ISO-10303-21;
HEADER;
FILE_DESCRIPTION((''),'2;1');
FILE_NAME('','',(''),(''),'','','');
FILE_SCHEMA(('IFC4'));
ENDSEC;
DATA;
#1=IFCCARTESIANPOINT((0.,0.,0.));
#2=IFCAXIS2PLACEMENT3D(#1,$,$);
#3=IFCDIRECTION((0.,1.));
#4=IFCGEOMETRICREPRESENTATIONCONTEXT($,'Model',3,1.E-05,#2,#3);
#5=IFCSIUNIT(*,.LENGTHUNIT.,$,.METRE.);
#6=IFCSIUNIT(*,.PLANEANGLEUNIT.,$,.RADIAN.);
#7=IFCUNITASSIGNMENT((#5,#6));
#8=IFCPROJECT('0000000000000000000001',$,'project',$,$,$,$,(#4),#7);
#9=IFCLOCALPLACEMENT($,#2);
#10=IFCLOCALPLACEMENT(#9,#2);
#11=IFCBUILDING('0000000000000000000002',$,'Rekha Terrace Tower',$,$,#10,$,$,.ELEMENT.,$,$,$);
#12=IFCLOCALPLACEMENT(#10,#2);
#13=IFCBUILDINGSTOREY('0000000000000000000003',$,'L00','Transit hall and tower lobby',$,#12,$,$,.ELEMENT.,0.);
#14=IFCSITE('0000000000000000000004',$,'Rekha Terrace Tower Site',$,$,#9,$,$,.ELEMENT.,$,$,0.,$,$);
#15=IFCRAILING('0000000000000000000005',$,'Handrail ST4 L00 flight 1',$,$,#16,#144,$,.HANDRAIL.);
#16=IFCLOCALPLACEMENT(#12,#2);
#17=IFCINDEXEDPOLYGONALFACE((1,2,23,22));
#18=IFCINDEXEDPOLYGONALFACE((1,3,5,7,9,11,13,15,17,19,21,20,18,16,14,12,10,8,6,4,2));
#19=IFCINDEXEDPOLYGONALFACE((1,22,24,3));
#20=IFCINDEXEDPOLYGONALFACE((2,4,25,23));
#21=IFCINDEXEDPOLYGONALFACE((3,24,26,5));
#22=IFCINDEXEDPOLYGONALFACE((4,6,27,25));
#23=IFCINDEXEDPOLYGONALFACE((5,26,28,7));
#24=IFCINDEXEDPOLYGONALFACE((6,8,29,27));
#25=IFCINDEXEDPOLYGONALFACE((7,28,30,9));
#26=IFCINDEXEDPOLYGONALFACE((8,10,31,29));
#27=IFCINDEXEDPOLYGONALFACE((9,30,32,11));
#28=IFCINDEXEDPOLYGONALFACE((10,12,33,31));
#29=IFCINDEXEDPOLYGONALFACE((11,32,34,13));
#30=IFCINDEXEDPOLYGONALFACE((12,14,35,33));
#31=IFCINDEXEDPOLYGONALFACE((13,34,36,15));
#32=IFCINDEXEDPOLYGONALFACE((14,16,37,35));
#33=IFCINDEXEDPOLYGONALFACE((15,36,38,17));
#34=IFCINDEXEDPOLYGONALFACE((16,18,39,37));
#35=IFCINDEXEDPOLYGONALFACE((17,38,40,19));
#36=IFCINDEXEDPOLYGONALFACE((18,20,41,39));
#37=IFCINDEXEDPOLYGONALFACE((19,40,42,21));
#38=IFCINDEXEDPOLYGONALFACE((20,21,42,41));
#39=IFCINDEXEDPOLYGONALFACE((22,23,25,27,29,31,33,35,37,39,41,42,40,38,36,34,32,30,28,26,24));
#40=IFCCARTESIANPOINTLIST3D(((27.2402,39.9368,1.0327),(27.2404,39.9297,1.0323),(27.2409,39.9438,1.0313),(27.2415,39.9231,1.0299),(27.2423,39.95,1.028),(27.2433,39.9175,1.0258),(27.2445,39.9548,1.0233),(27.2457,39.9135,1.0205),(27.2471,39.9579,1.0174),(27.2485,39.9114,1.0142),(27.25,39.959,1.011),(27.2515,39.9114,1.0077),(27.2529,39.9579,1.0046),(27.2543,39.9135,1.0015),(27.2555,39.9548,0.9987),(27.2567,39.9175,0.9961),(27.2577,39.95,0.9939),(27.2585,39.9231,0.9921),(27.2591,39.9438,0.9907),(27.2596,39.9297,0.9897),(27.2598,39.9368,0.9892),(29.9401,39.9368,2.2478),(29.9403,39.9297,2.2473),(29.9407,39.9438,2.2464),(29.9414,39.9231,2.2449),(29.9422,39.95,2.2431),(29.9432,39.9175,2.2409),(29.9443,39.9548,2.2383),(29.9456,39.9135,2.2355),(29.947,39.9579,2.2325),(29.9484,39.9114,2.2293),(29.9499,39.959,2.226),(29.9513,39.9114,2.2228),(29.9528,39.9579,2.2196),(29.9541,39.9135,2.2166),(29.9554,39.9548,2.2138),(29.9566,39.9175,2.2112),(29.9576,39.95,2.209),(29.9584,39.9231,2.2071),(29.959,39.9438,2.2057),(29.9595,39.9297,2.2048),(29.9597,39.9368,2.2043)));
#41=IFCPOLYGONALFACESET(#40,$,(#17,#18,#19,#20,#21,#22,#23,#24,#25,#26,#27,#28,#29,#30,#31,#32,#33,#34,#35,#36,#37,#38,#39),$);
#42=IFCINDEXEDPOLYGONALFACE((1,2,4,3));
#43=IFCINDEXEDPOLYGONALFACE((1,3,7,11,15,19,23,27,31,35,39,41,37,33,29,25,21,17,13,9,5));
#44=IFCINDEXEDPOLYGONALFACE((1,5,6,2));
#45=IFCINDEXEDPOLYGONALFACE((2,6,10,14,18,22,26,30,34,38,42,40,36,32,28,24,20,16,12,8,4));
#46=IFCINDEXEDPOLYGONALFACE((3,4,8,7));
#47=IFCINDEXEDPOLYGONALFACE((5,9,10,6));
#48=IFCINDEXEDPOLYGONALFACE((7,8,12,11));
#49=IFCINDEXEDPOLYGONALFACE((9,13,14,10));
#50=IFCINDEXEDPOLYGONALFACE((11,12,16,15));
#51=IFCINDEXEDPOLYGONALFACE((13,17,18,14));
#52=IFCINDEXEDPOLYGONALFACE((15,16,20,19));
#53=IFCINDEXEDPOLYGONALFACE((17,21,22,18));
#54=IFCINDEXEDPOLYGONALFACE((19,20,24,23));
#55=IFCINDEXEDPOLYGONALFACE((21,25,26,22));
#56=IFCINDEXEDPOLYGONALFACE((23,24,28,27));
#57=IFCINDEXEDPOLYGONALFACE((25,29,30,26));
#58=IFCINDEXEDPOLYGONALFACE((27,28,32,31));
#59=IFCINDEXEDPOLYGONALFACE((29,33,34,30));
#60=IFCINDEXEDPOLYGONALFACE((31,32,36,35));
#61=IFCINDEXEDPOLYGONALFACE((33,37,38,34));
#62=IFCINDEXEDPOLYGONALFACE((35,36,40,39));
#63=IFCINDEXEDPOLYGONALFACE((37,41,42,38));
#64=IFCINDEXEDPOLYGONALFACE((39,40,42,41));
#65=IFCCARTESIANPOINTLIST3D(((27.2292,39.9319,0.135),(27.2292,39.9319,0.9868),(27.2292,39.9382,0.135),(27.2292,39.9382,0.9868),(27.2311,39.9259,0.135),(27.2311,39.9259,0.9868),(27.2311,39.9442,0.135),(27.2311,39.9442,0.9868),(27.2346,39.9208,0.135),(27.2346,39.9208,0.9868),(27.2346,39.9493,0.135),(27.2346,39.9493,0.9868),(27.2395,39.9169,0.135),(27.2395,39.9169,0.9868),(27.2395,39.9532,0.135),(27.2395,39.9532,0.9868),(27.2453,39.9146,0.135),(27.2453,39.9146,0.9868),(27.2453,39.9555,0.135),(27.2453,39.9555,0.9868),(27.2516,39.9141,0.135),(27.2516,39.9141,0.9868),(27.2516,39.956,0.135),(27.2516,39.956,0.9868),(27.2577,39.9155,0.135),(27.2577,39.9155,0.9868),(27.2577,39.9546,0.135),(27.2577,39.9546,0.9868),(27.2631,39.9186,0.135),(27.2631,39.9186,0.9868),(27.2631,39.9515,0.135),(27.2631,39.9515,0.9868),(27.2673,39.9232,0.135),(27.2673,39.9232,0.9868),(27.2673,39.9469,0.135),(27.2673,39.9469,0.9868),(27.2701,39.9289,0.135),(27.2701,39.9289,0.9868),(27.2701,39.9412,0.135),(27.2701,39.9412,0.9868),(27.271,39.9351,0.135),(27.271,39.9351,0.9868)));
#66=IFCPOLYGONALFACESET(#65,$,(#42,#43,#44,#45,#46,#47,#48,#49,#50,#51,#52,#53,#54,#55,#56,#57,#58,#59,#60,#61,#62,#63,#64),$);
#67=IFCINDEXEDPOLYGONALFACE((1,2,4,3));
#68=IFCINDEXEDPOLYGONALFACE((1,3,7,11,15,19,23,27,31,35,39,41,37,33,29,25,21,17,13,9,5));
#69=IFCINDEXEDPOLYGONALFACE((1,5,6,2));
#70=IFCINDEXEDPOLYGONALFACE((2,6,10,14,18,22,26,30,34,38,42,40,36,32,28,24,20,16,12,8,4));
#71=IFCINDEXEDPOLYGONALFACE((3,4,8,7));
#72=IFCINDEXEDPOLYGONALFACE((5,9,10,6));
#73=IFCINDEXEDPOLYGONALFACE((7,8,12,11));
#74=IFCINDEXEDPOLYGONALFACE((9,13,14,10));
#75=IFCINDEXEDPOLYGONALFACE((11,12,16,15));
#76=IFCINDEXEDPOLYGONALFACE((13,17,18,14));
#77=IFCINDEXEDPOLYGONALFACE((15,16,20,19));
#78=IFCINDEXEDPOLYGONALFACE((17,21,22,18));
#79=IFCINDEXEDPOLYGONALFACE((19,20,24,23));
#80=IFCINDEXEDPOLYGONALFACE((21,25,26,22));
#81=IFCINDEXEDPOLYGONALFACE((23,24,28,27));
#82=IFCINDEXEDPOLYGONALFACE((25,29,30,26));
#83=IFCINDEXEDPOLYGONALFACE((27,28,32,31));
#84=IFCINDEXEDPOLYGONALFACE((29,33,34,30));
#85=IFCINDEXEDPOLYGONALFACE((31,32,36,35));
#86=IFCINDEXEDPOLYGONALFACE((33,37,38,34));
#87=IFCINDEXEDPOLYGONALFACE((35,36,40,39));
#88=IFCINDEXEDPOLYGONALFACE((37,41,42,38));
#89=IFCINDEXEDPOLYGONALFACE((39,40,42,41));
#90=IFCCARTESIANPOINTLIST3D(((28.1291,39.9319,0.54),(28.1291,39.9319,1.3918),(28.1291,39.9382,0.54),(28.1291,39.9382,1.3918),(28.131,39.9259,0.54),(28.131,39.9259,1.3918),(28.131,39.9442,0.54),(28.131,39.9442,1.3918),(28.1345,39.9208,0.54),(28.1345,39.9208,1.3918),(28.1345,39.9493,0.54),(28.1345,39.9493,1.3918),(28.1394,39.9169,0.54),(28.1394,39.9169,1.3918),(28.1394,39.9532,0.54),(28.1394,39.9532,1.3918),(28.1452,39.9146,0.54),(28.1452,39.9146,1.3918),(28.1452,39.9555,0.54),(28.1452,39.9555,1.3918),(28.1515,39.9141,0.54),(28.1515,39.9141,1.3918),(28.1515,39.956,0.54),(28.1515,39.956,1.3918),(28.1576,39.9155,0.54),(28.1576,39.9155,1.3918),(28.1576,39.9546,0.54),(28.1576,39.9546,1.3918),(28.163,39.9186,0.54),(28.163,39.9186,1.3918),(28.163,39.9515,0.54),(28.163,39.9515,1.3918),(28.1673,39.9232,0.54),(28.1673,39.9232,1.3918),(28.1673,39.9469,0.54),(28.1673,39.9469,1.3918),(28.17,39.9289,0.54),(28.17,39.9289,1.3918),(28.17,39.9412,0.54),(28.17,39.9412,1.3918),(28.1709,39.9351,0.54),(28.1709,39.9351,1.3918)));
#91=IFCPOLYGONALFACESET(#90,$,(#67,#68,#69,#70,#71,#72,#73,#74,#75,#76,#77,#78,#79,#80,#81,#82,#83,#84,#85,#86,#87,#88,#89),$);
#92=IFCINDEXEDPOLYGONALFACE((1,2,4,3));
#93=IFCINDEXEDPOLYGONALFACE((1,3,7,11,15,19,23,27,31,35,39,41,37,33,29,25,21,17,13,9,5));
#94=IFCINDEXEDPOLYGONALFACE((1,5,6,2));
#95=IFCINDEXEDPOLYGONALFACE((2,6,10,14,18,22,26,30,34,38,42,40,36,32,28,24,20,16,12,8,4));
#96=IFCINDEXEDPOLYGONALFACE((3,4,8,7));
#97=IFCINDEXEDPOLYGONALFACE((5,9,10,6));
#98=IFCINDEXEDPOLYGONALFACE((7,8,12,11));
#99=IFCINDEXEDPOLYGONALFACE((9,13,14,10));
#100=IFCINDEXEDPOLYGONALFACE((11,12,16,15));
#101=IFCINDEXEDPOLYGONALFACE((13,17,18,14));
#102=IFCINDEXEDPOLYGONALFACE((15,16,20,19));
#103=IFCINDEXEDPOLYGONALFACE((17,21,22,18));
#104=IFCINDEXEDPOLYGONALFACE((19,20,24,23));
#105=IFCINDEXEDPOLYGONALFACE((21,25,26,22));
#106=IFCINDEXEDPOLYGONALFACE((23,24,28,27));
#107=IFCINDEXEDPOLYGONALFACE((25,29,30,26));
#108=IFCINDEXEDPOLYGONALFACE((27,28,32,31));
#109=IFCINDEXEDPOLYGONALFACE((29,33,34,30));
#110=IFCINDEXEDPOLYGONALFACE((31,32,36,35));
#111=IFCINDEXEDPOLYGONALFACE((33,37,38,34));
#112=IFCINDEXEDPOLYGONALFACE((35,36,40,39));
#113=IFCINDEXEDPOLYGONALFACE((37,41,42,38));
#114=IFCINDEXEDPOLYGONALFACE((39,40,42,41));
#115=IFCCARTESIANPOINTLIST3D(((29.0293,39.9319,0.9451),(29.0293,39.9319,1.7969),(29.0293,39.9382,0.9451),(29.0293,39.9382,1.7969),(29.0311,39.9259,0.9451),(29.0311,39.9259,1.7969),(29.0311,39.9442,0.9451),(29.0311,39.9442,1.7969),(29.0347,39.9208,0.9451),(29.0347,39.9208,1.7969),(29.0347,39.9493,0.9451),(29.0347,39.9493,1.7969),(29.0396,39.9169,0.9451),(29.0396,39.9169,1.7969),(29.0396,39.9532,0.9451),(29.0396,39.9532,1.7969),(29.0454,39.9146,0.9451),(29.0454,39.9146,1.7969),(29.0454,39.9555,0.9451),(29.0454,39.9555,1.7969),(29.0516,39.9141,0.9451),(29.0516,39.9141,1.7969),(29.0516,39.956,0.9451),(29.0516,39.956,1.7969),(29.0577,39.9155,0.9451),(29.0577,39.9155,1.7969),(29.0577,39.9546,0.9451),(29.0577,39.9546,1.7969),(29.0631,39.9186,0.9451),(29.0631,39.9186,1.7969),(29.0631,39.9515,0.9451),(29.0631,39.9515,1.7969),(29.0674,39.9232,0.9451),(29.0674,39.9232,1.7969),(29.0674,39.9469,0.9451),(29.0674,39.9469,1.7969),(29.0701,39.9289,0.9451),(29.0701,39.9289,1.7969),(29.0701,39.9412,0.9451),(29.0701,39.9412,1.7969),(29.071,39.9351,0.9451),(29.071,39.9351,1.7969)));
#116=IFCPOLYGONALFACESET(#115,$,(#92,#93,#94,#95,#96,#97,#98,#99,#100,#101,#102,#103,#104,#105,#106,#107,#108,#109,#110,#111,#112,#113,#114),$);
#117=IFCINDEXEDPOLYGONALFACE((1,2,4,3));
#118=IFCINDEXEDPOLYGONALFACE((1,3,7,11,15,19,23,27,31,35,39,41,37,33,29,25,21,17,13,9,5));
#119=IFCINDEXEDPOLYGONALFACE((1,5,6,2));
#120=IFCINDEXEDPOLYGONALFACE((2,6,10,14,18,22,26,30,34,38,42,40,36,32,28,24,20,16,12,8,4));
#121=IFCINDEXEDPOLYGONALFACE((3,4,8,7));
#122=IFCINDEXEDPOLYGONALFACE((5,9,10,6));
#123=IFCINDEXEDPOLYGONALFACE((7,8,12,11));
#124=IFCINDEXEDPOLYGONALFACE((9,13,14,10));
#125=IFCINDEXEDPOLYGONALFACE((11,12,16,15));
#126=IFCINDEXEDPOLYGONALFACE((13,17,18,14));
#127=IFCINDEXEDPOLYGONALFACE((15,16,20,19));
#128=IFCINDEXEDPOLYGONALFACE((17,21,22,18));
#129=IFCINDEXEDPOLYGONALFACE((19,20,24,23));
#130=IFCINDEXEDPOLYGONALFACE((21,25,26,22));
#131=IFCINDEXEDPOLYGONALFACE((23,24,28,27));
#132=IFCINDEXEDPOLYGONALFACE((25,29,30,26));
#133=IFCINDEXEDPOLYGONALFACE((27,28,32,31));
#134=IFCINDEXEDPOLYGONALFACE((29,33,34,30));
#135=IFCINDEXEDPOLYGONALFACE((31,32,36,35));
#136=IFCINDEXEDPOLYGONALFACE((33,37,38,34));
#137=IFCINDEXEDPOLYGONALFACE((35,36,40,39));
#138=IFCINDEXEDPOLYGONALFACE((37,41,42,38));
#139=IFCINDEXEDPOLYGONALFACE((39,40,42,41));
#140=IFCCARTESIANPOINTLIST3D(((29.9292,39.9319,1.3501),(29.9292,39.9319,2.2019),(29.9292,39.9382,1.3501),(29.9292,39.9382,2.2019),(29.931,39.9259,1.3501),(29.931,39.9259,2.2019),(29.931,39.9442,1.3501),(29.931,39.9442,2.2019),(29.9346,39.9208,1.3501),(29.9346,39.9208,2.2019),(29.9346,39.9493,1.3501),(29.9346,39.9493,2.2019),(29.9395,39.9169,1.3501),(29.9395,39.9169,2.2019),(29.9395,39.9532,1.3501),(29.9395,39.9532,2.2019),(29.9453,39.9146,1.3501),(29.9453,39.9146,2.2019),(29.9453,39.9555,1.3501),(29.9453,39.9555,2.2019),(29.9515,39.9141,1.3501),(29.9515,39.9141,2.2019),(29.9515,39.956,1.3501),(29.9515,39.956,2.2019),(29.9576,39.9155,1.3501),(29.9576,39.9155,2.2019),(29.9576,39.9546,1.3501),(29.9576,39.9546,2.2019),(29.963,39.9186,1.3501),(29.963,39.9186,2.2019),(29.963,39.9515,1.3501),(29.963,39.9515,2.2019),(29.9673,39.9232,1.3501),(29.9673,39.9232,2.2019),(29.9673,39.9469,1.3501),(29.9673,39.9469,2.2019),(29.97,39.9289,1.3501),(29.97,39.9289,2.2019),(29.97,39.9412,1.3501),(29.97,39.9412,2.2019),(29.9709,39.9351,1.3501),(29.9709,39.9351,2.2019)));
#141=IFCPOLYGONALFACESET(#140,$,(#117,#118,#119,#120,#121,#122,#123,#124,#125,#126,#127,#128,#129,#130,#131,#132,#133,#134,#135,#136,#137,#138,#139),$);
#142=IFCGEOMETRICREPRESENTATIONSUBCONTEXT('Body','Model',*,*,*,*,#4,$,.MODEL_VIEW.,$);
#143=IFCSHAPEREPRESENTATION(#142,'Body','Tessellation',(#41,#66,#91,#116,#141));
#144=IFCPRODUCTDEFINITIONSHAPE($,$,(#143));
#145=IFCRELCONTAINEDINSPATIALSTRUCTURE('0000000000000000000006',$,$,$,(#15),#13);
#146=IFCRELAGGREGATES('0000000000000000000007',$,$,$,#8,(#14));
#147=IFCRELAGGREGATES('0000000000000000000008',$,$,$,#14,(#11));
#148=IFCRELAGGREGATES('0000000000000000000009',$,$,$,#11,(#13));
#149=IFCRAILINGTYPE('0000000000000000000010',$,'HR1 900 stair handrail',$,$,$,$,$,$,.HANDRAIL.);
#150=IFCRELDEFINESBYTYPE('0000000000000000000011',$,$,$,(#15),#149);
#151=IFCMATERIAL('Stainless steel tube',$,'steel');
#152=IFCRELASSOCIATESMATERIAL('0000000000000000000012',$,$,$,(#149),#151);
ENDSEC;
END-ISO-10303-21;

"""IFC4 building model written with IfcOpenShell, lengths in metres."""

from ifc_helpers import new_model, si_unit, direction, frame, origin, origin_2d, place, context, subcontext, project, spatial, circle, extrude, material, type_object, element, save


model = new_model("IFC4")

# Units and contexts
model_context = context("Model", 3, precision=1e-05, world=origin(), true_north=direction((0.0, 1.0)))
body_context = subcontext(model_context, "Body", "Model", "MODEL_VIEW")
ifc_project = project(units=[si_unit("LENGTHUNIT", "METRE"), si_unit("PLANEANGLEUNIT", "RADIAN")], contexts=[model_context])

# Site, building, storey
site_placement = place(None, origin())
site = spatial("IfcSite", under=ifc_project, at=site_placement, Name="Rekha Terrace Tower Site", CompositionType="ELEMENT", RefElevation=0.0)
building_placement = place(site_placement, origin())
building = spatial("IfcBuilding", under=site, at=building_placement, Name="Rekha Terrace Tower", CompositionType="ELEMENT")
storey_placement = place(building_placement, origin())
storey = spatial("IfcBuildingStorey", under=building, at=storey_placement, Name="L00", Description="Transit hall and tower lobby", CompositionType="ELEMENT", Elevation=0.0)

# Railing
ifc_material_1 = material(Name="Stainless steel tube", Category="steel")
railing_type_1 = type_object("IfcRailingType", Name="HR1 900 stair handrail", PredefinedType="HANDRAIL", material=ifc_material_1)
railing_1_placement = place(storey_placement, frame((27.25, 39.9351, 0.135)))
element("IfcRailing", 1, at=railing_1_placement, inside=storey, type_object=railing_type_1, Name="Handrail ST4 L00 flight 1", PredefinedType="HANDRAIL", context=body_context, shape_type="SweptSolid", body=[
    extrude(circle(Radius=0.0239, at=origin_2d()), frame((0.0, 0.0, 0.876), z_axis=(0.911908, 0.0, 0.410396), x_axis=(0.0, 1.0, 0.0)), (0.0, 0.0, 1.0), 2.9607),
    extrude(circle(Radius=0.021, at=origin_2d()), origin(), (0.0, 0.0, 1.0), 0.8518),
    extrude(circle(Radius=0.021, at=origin_2d()), frame((0.8999, 0.0, 0.405)), (0.0, 0.0, 1.0), 0.8518),
    extrude(circle(Radius=0.021, at=origin_2d()), frame((1.8, 0.0, 0.8101)), (0.0, 0.0, 1.0), 0.8518),
    extrude(circle(Radius=0.021, at=origin_2d()), frame((2.7, 0.0, 1.2151)), (0.0, 0.0, 1.0), 0.8518),
])

save(model, "model.ifc")
